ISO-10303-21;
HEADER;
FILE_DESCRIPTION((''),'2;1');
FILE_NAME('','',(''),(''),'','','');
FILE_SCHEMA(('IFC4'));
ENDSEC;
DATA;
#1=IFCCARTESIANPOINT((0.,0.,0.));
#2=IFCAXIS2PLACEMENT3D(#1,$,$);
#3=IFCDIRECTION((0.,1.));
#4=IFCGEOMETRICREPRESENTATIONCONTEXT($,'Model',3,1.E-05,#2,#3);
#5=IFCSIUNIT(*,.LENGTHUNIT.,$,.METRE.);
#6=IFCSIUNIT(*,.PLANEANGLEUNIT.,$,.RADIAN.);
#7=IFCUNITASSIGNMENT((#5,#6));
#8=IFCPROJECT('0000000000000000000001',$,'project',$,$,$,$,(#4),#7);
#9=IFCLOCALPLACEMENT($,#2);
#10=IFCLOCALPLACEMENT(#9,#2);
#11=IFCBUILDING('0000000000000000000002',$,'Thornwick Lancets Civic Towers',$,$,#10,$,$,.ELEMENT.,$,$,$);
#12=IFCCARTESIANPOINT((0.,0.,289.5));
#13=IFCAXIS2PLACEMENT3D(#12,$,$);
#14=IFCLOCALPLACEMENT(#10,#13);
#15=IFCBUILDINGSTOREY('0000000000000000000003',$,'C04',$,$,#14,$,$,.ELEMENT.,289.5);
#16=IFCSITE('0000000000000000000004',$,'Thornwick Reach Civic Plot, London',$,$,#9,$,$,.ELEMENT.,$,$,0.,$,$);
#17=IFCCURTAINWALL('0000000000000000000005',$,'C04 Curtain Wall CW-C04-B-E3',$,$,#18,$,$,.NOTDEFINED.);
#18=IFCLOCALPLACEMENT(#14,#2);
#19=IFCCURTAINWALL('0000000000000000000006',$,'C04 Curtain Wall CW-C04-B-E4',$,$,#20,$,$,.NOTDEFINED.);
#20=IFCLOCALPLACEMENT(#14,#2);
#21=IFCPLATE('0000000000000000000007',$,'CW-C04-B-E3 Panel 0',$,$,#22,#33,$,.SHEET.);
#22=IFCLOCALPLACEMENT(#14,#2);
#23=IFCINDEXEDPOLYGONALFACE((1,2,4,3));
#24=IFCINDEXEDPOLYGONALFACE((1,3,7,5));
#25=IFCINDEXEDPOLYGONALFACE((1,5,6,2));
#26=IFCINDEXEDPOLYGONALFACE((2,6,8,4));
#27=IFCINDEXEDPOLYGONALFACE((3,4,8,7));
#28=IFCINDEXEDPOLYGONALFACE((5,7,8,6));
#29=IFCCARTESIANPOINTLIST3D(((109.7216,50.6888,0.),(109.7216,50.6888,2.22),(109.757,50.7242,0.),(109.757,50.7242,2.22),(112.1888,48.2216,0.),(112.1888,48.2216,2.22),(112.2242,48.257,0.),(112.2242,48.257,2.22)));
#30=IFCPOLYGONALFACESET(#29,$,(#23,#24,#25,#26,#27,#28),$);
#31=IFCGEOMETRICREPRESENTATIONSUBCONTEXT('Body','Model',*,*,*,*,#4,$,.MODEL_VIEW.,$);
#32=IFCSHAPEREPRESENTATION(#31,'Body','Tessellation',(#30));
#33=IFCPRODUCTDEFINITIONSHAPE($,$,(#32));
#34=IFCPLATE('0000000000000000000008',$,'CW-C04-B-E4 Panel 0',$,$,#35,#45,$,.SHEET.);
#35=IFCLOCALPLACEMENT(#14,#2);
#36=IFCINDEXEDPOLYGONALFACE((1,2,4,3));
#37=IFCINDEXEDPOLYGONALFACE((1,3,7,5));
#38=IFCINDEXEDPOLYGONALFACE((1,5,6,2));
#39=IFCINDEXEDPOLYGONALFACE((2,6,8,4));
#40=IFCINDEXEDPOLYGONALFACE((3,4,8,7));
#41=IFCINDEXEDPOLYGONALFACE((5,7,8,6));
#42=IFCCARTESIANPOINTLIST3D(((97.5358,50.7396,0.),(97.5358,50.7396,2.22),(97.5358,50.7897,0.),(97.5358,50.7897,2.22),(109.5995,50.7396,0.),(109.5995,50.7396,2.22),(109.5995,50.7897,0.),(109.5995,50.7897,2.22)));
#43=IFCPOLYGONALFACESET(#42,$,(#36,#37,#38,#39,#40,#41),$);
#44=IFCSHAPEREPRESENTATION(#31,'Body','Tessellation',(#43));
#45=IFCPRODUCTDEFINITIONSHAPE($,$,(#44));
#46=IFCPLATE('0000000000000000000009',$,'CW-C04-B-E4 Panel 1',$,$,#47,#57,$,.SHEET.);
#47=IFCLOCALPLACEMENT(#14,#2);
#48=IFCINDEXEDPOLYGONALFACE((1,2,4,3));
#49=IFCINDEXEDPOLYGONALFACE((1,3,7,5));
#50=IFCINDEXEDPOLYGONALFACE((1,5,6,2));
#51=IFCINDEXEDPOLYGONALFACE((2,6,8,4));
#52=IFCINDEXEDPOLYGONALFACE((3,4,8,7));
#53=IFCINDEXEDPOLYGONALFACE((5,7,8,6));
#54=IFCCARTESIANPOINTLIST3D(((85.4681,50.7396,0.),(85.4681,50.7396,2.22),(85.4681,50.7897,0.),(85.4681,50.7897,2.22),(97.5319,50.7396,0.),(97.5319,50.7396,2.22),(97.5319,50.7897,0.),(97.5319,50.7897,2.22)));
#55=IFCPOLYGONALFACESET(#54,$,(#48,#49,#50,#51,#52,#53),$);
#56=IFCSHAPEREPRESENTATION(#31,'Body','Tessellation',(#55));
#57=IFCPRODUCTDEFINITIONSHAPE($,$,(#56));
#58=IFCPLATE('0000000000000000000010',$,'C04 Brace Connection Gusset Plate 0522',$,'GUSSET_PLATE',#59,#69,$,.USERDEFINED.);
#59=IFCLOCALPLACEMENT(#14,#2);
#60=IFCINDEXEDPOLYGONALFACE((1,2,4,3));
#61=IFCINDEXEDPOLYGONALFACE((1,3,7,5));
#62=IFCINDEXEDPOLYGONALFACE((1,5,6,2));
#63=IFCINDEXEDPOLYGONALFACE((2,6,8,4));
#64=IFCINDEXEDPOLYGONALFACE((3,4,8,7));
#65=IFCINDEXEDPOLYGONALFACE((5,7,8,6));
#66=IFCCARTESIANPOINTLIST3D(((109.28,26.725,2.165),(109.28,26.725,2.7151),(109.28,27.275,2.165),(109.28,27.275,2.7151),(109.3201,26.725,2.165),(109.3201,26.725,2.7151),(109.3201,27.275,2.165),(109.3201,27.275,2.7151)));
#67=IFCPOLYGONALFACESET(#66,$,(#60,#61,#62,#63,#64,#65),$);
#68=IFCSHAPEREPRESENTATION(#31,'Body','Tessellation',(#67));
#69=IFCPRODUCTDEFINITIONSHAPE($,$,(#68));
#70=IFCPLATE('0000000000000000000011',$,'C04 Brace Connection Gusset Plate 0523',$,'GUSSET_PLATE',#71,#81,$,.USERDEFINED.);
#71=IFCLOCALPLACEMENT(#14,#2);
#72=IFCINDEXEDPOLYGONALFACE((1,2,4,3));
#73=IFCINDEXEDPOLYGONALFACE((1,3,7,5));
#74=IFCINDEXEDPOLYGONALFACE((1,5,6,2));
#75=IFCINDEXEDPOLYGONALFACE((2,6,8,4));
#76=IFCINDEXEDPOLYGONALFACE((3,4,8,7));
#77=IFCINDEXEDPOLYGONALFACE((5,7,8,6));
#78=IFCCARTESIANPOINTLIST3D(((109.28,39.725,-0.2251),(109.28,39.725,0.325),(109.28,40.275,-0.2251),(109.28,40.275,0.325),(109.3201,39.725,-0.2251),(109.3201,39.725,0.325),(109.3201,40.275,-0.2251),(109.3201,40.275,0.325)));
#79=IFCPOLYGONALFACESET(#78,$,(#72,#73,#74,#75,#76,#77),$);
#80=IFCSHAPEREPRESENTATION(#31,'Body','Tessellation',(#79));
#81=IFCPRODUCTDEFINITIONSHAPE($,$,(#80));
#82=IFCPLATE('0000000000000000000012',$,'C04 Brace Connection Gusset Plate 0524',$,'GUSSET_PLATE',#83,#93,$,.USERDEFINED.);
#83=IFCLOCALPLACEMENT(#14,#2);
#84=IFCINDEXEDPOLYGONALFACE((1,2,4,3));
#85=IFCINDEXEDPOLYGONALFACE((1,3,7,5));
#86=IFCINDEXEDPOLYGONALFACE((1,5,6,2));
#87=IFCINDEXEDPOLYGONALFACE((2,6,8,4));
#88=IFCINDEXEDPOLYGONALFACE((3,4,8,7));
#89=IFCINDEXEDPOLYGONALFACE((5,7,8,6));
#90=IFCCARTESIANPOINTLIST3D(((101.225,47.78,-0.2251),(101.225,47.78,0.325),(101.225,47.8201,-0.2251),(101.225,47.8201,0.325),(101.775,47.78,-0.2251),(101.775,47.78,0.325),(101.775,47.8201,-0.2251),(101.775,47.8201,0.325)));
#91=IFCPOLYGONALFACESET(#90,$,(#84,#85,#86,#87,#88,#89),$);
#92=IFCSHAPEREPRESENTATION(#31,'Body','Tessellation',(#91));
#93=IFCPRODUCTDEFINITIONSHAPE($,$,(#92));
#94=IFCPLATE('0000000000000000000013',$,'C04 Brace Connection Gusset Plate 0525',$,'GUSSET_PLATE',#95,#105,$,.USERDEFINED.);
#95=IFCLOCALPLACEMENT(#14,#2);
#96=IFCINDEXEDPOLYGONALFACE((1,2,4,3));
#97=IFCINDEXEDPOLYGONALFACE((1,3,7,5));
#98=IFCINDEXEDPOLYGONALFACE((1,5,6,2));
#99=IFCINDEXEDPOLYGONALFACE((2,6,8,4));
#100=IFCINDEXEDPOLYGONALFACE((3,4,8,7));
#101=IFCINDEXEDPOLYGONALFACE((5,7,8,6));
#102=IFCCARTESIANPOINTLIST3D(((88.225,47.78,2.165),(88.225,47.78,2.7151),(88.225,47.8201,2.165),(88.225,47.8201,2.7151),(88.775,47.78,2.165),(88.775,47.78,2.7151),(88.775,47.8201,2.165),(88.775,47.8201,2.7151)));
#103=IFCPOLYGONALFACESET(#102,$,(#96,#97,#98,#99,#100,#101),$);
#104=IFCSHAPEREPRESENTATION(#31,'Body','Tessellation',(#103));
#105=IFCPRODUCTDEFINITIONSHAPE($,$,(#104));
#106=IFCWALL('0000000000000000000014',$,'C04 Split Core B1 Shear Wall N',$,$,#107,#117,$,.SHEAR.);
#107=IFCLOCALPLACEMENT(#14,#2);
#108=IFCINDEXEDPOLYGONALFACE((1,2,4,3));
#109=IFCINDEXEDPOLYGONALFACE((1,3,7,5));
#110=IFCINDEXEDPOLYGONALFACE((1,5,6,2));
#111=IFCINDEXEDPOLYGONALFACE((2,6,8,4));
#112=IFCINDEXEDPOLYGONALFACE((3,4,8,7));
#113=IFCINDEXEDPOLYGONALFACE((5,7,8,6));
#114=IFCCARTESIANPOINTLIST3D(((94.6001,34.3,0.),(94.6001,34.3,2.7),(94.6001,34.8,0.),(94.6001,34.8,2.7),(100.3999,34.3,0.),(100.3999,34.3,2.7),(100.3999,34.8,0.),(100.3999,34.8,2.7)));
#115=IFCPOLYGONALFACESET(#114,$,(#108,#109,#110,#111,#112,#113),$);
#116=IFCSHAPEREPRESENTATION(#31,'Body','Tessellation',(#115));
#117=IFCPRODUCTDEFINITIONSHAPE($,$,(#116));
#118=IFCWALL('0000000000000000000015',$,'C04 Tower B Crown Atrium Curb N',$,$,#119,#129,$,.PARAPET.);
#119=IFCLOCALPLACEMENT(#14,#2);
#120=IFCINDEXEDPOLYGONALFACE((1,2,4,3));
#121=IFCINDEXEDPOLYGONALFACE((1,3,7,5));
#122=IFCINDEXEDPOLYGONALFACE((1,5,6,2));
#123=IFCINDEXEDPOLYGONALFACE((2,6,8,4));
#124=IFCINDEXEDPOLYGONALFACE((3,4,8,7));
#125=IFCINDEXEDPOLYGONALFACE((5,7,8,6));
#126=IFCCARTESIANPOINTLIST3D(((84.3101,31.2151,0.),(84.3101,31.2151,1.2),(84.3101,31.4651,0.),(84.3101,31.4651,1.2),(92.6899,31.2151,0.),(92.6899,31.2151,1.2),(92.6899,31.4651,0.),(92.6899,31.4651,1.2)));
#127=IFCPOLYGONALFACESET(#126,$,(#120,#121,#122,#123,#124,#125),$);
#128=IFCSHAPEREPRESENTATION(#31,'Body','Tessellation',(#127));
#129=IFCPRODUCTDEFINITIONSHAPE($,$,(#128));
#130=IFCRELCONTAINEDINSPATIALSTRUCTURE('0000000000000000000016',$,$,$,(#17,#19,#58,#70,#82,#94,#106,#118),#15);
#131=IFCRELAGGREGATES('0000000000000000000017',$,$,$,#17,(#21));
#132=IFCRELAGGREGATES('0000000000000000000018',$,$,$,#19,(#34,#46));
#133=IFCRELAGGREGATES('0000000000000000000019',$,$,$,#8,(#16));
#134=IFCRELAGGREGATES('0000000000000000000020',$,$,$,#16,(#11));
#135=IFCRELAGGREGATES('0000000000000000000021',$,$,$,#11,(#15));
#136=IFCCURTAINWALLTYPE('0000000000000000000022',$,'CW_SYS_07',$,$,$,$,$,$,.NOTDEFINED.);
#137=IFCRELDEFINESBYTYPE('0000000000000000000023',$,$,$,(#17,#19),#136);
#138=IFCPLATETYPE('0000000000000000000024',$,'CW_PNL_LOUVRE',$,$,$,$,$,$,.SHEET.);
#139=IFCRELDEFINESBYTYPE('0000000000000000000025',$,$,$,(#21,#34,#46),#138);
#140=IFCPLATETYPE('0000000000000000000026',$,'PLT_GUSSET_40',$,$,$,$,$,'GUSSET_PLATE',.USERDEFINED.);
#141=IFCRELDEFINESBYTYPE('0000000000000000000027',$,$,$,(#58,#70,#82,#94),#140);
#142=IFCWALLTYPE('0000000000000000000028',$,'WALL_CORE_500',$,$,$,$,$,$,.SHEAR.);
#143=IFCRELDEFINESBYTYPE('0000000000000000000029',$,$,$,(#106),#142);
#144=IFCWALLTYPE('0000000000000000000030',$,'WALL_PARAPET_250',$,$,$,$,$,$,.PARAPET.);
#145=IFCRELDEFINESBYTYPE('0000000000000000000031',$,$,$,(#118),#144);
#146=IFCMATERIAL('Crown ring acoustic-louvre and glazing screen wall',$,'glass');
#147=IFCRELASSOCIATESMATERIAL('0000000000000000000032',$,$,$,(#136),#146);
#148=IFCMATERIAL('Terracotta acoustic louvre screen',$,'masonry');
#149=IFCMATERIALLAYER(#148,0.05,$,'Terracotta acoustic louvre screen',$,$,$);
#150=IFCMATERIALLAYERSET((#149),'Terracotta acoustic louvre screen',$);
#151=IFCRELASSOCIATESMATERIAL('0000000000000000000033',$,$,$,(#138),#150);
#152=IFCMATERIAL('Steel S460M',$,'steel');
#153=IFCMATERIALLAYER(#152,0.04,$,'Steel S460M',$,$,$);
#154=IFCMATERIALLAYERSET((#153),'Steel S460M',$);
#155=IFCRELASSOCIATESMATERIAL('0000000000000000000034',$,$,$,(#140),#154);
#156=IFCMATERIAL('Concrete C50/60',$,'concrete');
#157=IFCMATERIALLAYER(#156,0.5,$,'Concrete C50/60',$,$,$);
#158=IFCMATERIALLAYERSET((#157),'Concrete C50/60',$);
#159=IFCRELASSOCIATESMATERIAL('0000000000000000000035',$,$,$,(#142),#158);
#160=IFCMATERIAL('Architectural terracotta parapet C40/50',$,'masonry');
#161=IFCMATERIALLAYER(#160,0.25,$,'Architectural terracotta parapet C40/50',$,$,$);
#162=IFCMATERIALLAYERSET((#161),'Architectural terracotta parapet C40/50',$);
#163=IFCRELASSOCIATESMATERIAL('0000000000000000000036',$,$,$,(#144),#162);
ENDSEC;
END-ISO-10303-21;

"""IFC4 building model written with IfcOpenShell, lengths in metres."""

from ifc_helpers import new_model, si_unit, direction, frame, frame_2d, origin, origin_2d, place, context, subcontext, project, spatial, rectangle, extrude, material, layer, layer_set, type_object, element, aggregate, save


model = new_model("IFC4")

# Units and contexts
model_context = context("Model", 3, precision=1e-05, world=origin(), true_north=direction((0.0, 1.0)))
body_context = subcontext(model_context, "Body", "Model", "MODEL_VIEW")
ifc_project = project(units=[si_unit("LENGTHUNIT", "METRE"), si_unit("PLANEANGLEUNIT", "RADIAN")], contexts=[model_context])

# Site, building, storey
site_placement = place(None, origin())
site = spatial("IfcSite", under=ifc_project, at=site_placement, Name="Thornwick Reach Civic Plot, London", CompositionType="ELEMENT", RefElevation=0.0)
building_placement = place(site_placement, origin())
building = spatial("IfcBuilding", under=site, at=building_placement, Name="Thornwick Lancets Civic Towers", CompositionType="ELEMENT")
storey_placement = place(building_placement, frame((0.0, 0.0, 289.5)))
storey = spatial("IfcBuildingStorey", under=building, at=storey_placement, Name="C04", CompositionType="ELEMENT", Elevation=289.5)

# Curtain walls
ifc_material_1 = material(Name="Crown ring acoustic-louvre and glazing screen wall", Category="glass")
curtain_wall_type = type_object("IfcCurtainWallType", Name="CW_SYS_07", PredefinedType="NOTDEFINED", material=ifc_material_1)
curtain_wall_1_placement = place(storey_placement, origin())
curtain_wall_1 = element("IfcCurtainWall", 1, at=curtain_wall_1_placement, inside=storey, type_object=curtain_wall_type, Name="C04 Curtain Wall CW-C04-B-E3", PredefinedType="NOTDEFINED")
curtain_wall_2_placement = place(storey_placement, origin())
curtain_wall_2 = element("IfcCurtainWall", 2, at=curtain_wall_2_placement, inside=storey, type_object=curtain_wall_type, Name="C04 Curtain Wall CW-C04-B-E4", PredefinedType="NOTDEFINED")

# Plates
ifc_material_2 = material(Name="Terracotta acoustic louvre screen", Category="masonry")
ifc_layer_1 = layer(ifc_material_2, 0.05, Name="Terracotta acoustic louvre screen")
ifc_layer_set_1 = layer_set([ifc_layer_1], Name="Terracotta acoustic louvre screen")
plate_type_1 = type_object("IfcPlateType", Name="CW_PNL_LOUVRE", PredefinedType="SHEET", material=ifc_layer_set_1)
plate_1_placement = place(storey_placement, frame((110.9729, 49.4729, 0.0), z_axis=(0.0, 0.0, 1.0), x_axis=(-0.707107, 0.707107, 0.0)))
plate_1 = element("IfcPlate", 3, at=plate_1_placement, type_object=plate_type_1, Name="CW-C04-B-E3 Panel 0", PredefinedType="SHEET", context=body_context, shape_type="SweptSolid", body=[
    extrude(rectangle(XDim=3.4893, YDim=0.05, at=origin_2d()), origin(), (0.0, 0.0, 1.0), 2.22),
])
aggregate(curtain_wall_1, [plate_1])
plate_2_placement = place(storey_placement, frame((103.5676, 50.7646, 0.0), z_axis=(0.0, 0.0, 1.0), x_axis=(-1.0, 0.0, 0.0)))
plate_2 = element("IfcPlate", 4, at=plate_2_placement, type_object=plate_type_1, Name="CW-C04-B-E4 Panel 0", PredefinedType="SHEET", context=body_context, shape_type="SweptSolid", body=[
    extrude(rectangle(XDim=12.0637, YDim=0.05, at=origin_2d()), origin(), (0.0, 0.0, 1.0), 2.22),
])
plate_3_placement = place(storey_placement, frame((91.5, 50.7646, 0.0), z_axis=(0.0, 0.0, 1.0), x_axis=(-1.0, 0.0, 0.0)))
plate_3 = element("IfcPlate", 5, at=plate_3_placement, type_object=plate_type_1, Name="CW-C04-B-E4 Panel 1", PredefinedType="SHEET", context=body_context, shape_type="SweptSolid", body=[
    extrude(rectangle(XDim=12.0637, YDim=0.05, at=origin_2d()), origin(), (0.0, 0.0, 1.0), 2.22),
])
aggregate(curtain_wall_2, [plate_2, plate_3])

# Plates
ifc_material_3 = material(Name="Steel S460M", Category="steel")
ifc_layer_2 = layer(ifc_material_3, 0.04, Name="Steel S460M")
ifc_layer_set_2 = layer_set([ifc_layer_2], Name="Steel S460M")
plate_type_2 = type_object("IfcPlateType", Name="PLT_GUSSET_40", ElementType="GUSSET_PLATE", PredefinedType="USERDEFINED", material=ifc_layer_set_2)
for number, where, z_axis, x_axis, name in (
    (6, (109.3, 27.0, 2.165), (0.0, 0.0, 1.0), (0.0, 1.0, 0.0), "C04 Brace Connection Gusset Plate 0522"),
    (7, (109.3, 40.0, -0.2251), (0.0, 0.0, 1.0), (0.0, -1.0, 0.0), "C04 Brace Connection Gusset Plate 0523"),
    (8, (101.5, 47.8, -0.2251), (0.0, 0.0, 1.0), (-1.0, 0.0, 0.0), "C04 Brace Connection Gusset Plate 0524"),
    (9, (88.5, 47.8, 2.165), (0.0, 0.0, 1.0), (-1.0, 0.0, 0.0), "C04 Brace Connection Gusset Plate 0525"),
):
    element("IfcPlate", number, at=place(storey_placement, frame(where, z_axis=z_axis, x_axis=x_axis)), inside=storey, type_object=plate_type_2, Name=name, ObjectType="GUSSET_PLATE", PredefinedType="USERDEFINED", context=body_context, shape_type="SweptSolid", body=[
        extrude(rectangle(XDim=0.55, YDim=0.04, at=origin_2d()), origin(), (0.0, 0.0, 1.0), 0.55),
    ])

# Walls
ifc_material_4 = material(Name="Concrete C50/60", Category="concrete")
ifc_layer_3 = layer(ifc_material_4, 0.5, Name="Concrete C50/60")
ifc_layer_set_3 = layer_set([ifc_layer_3], Name="Concrete C50/60")
wall_type_1 = type_object("IfcWallType", Name="WALL_CORE_500", PredefinedType="SHEAR", material=ifc_layer_set_3)
wall_1_placement = place(storey_placement, frame((94.6001, 34.55, 0.0), z_axis=(0.0, 0.0, 1.0), x_axis=(1.0, 0.0, 0.0)))
element("IfcWall", 10, at=wall_1_placement, inside=storey, type_object=wall_type_1, Name="C04 Split Core B1 Shear Wall N", PredefinedType="SHEAR", context=body_context, shape_type="SweptSolid", body=[
    extrude(rectangle(XDim=5.7998, YDim=0.5, at=frame_2d((2.8999, 0.0))), origin(), (0.0, 0.0, 1.0), 2.7),
])
ifc_material_5 = material(Name="Architectural terracotta parapet C40/50", Category="masonry")
ifc_layer_4 = layer(ifc_material_5, 0.25, Name="Architectural terracotta parapet C40/50")
ifc_layer_set_4 = layer_set([ifc_layer_4], Name="Architectural terracotta parapet C40/50")
wall_type_2 = type_object("IfcWallType", Name="WALL_PARAPET_250", PredefinedType="PARAPET", material=ifc_layer_set_4)
wall_2_placement = place(storey_placement, frame((92.6899, 31.3401, 0.0), z_axis=(0.0, 0.0, 1.0), x_axis=(-1.0, 0.0, 0.0)))
element("IfcWall", 11, at=wall_2_placement, inside=storey, type_object=wall_type_2, Name="C04 Tower B Crown Atrium Curb N", PredefinedType="PARAPET", context=body_context, shape_type="SweptSolid", body=[
    extrude(rectangle(XDim=8.3799, YDim=0.25, at=frame_2d((4.1899, 0.0))), origin(), (0.0, 0.0, 1.0), 1.2),
])

save(model, "model.ifc")
